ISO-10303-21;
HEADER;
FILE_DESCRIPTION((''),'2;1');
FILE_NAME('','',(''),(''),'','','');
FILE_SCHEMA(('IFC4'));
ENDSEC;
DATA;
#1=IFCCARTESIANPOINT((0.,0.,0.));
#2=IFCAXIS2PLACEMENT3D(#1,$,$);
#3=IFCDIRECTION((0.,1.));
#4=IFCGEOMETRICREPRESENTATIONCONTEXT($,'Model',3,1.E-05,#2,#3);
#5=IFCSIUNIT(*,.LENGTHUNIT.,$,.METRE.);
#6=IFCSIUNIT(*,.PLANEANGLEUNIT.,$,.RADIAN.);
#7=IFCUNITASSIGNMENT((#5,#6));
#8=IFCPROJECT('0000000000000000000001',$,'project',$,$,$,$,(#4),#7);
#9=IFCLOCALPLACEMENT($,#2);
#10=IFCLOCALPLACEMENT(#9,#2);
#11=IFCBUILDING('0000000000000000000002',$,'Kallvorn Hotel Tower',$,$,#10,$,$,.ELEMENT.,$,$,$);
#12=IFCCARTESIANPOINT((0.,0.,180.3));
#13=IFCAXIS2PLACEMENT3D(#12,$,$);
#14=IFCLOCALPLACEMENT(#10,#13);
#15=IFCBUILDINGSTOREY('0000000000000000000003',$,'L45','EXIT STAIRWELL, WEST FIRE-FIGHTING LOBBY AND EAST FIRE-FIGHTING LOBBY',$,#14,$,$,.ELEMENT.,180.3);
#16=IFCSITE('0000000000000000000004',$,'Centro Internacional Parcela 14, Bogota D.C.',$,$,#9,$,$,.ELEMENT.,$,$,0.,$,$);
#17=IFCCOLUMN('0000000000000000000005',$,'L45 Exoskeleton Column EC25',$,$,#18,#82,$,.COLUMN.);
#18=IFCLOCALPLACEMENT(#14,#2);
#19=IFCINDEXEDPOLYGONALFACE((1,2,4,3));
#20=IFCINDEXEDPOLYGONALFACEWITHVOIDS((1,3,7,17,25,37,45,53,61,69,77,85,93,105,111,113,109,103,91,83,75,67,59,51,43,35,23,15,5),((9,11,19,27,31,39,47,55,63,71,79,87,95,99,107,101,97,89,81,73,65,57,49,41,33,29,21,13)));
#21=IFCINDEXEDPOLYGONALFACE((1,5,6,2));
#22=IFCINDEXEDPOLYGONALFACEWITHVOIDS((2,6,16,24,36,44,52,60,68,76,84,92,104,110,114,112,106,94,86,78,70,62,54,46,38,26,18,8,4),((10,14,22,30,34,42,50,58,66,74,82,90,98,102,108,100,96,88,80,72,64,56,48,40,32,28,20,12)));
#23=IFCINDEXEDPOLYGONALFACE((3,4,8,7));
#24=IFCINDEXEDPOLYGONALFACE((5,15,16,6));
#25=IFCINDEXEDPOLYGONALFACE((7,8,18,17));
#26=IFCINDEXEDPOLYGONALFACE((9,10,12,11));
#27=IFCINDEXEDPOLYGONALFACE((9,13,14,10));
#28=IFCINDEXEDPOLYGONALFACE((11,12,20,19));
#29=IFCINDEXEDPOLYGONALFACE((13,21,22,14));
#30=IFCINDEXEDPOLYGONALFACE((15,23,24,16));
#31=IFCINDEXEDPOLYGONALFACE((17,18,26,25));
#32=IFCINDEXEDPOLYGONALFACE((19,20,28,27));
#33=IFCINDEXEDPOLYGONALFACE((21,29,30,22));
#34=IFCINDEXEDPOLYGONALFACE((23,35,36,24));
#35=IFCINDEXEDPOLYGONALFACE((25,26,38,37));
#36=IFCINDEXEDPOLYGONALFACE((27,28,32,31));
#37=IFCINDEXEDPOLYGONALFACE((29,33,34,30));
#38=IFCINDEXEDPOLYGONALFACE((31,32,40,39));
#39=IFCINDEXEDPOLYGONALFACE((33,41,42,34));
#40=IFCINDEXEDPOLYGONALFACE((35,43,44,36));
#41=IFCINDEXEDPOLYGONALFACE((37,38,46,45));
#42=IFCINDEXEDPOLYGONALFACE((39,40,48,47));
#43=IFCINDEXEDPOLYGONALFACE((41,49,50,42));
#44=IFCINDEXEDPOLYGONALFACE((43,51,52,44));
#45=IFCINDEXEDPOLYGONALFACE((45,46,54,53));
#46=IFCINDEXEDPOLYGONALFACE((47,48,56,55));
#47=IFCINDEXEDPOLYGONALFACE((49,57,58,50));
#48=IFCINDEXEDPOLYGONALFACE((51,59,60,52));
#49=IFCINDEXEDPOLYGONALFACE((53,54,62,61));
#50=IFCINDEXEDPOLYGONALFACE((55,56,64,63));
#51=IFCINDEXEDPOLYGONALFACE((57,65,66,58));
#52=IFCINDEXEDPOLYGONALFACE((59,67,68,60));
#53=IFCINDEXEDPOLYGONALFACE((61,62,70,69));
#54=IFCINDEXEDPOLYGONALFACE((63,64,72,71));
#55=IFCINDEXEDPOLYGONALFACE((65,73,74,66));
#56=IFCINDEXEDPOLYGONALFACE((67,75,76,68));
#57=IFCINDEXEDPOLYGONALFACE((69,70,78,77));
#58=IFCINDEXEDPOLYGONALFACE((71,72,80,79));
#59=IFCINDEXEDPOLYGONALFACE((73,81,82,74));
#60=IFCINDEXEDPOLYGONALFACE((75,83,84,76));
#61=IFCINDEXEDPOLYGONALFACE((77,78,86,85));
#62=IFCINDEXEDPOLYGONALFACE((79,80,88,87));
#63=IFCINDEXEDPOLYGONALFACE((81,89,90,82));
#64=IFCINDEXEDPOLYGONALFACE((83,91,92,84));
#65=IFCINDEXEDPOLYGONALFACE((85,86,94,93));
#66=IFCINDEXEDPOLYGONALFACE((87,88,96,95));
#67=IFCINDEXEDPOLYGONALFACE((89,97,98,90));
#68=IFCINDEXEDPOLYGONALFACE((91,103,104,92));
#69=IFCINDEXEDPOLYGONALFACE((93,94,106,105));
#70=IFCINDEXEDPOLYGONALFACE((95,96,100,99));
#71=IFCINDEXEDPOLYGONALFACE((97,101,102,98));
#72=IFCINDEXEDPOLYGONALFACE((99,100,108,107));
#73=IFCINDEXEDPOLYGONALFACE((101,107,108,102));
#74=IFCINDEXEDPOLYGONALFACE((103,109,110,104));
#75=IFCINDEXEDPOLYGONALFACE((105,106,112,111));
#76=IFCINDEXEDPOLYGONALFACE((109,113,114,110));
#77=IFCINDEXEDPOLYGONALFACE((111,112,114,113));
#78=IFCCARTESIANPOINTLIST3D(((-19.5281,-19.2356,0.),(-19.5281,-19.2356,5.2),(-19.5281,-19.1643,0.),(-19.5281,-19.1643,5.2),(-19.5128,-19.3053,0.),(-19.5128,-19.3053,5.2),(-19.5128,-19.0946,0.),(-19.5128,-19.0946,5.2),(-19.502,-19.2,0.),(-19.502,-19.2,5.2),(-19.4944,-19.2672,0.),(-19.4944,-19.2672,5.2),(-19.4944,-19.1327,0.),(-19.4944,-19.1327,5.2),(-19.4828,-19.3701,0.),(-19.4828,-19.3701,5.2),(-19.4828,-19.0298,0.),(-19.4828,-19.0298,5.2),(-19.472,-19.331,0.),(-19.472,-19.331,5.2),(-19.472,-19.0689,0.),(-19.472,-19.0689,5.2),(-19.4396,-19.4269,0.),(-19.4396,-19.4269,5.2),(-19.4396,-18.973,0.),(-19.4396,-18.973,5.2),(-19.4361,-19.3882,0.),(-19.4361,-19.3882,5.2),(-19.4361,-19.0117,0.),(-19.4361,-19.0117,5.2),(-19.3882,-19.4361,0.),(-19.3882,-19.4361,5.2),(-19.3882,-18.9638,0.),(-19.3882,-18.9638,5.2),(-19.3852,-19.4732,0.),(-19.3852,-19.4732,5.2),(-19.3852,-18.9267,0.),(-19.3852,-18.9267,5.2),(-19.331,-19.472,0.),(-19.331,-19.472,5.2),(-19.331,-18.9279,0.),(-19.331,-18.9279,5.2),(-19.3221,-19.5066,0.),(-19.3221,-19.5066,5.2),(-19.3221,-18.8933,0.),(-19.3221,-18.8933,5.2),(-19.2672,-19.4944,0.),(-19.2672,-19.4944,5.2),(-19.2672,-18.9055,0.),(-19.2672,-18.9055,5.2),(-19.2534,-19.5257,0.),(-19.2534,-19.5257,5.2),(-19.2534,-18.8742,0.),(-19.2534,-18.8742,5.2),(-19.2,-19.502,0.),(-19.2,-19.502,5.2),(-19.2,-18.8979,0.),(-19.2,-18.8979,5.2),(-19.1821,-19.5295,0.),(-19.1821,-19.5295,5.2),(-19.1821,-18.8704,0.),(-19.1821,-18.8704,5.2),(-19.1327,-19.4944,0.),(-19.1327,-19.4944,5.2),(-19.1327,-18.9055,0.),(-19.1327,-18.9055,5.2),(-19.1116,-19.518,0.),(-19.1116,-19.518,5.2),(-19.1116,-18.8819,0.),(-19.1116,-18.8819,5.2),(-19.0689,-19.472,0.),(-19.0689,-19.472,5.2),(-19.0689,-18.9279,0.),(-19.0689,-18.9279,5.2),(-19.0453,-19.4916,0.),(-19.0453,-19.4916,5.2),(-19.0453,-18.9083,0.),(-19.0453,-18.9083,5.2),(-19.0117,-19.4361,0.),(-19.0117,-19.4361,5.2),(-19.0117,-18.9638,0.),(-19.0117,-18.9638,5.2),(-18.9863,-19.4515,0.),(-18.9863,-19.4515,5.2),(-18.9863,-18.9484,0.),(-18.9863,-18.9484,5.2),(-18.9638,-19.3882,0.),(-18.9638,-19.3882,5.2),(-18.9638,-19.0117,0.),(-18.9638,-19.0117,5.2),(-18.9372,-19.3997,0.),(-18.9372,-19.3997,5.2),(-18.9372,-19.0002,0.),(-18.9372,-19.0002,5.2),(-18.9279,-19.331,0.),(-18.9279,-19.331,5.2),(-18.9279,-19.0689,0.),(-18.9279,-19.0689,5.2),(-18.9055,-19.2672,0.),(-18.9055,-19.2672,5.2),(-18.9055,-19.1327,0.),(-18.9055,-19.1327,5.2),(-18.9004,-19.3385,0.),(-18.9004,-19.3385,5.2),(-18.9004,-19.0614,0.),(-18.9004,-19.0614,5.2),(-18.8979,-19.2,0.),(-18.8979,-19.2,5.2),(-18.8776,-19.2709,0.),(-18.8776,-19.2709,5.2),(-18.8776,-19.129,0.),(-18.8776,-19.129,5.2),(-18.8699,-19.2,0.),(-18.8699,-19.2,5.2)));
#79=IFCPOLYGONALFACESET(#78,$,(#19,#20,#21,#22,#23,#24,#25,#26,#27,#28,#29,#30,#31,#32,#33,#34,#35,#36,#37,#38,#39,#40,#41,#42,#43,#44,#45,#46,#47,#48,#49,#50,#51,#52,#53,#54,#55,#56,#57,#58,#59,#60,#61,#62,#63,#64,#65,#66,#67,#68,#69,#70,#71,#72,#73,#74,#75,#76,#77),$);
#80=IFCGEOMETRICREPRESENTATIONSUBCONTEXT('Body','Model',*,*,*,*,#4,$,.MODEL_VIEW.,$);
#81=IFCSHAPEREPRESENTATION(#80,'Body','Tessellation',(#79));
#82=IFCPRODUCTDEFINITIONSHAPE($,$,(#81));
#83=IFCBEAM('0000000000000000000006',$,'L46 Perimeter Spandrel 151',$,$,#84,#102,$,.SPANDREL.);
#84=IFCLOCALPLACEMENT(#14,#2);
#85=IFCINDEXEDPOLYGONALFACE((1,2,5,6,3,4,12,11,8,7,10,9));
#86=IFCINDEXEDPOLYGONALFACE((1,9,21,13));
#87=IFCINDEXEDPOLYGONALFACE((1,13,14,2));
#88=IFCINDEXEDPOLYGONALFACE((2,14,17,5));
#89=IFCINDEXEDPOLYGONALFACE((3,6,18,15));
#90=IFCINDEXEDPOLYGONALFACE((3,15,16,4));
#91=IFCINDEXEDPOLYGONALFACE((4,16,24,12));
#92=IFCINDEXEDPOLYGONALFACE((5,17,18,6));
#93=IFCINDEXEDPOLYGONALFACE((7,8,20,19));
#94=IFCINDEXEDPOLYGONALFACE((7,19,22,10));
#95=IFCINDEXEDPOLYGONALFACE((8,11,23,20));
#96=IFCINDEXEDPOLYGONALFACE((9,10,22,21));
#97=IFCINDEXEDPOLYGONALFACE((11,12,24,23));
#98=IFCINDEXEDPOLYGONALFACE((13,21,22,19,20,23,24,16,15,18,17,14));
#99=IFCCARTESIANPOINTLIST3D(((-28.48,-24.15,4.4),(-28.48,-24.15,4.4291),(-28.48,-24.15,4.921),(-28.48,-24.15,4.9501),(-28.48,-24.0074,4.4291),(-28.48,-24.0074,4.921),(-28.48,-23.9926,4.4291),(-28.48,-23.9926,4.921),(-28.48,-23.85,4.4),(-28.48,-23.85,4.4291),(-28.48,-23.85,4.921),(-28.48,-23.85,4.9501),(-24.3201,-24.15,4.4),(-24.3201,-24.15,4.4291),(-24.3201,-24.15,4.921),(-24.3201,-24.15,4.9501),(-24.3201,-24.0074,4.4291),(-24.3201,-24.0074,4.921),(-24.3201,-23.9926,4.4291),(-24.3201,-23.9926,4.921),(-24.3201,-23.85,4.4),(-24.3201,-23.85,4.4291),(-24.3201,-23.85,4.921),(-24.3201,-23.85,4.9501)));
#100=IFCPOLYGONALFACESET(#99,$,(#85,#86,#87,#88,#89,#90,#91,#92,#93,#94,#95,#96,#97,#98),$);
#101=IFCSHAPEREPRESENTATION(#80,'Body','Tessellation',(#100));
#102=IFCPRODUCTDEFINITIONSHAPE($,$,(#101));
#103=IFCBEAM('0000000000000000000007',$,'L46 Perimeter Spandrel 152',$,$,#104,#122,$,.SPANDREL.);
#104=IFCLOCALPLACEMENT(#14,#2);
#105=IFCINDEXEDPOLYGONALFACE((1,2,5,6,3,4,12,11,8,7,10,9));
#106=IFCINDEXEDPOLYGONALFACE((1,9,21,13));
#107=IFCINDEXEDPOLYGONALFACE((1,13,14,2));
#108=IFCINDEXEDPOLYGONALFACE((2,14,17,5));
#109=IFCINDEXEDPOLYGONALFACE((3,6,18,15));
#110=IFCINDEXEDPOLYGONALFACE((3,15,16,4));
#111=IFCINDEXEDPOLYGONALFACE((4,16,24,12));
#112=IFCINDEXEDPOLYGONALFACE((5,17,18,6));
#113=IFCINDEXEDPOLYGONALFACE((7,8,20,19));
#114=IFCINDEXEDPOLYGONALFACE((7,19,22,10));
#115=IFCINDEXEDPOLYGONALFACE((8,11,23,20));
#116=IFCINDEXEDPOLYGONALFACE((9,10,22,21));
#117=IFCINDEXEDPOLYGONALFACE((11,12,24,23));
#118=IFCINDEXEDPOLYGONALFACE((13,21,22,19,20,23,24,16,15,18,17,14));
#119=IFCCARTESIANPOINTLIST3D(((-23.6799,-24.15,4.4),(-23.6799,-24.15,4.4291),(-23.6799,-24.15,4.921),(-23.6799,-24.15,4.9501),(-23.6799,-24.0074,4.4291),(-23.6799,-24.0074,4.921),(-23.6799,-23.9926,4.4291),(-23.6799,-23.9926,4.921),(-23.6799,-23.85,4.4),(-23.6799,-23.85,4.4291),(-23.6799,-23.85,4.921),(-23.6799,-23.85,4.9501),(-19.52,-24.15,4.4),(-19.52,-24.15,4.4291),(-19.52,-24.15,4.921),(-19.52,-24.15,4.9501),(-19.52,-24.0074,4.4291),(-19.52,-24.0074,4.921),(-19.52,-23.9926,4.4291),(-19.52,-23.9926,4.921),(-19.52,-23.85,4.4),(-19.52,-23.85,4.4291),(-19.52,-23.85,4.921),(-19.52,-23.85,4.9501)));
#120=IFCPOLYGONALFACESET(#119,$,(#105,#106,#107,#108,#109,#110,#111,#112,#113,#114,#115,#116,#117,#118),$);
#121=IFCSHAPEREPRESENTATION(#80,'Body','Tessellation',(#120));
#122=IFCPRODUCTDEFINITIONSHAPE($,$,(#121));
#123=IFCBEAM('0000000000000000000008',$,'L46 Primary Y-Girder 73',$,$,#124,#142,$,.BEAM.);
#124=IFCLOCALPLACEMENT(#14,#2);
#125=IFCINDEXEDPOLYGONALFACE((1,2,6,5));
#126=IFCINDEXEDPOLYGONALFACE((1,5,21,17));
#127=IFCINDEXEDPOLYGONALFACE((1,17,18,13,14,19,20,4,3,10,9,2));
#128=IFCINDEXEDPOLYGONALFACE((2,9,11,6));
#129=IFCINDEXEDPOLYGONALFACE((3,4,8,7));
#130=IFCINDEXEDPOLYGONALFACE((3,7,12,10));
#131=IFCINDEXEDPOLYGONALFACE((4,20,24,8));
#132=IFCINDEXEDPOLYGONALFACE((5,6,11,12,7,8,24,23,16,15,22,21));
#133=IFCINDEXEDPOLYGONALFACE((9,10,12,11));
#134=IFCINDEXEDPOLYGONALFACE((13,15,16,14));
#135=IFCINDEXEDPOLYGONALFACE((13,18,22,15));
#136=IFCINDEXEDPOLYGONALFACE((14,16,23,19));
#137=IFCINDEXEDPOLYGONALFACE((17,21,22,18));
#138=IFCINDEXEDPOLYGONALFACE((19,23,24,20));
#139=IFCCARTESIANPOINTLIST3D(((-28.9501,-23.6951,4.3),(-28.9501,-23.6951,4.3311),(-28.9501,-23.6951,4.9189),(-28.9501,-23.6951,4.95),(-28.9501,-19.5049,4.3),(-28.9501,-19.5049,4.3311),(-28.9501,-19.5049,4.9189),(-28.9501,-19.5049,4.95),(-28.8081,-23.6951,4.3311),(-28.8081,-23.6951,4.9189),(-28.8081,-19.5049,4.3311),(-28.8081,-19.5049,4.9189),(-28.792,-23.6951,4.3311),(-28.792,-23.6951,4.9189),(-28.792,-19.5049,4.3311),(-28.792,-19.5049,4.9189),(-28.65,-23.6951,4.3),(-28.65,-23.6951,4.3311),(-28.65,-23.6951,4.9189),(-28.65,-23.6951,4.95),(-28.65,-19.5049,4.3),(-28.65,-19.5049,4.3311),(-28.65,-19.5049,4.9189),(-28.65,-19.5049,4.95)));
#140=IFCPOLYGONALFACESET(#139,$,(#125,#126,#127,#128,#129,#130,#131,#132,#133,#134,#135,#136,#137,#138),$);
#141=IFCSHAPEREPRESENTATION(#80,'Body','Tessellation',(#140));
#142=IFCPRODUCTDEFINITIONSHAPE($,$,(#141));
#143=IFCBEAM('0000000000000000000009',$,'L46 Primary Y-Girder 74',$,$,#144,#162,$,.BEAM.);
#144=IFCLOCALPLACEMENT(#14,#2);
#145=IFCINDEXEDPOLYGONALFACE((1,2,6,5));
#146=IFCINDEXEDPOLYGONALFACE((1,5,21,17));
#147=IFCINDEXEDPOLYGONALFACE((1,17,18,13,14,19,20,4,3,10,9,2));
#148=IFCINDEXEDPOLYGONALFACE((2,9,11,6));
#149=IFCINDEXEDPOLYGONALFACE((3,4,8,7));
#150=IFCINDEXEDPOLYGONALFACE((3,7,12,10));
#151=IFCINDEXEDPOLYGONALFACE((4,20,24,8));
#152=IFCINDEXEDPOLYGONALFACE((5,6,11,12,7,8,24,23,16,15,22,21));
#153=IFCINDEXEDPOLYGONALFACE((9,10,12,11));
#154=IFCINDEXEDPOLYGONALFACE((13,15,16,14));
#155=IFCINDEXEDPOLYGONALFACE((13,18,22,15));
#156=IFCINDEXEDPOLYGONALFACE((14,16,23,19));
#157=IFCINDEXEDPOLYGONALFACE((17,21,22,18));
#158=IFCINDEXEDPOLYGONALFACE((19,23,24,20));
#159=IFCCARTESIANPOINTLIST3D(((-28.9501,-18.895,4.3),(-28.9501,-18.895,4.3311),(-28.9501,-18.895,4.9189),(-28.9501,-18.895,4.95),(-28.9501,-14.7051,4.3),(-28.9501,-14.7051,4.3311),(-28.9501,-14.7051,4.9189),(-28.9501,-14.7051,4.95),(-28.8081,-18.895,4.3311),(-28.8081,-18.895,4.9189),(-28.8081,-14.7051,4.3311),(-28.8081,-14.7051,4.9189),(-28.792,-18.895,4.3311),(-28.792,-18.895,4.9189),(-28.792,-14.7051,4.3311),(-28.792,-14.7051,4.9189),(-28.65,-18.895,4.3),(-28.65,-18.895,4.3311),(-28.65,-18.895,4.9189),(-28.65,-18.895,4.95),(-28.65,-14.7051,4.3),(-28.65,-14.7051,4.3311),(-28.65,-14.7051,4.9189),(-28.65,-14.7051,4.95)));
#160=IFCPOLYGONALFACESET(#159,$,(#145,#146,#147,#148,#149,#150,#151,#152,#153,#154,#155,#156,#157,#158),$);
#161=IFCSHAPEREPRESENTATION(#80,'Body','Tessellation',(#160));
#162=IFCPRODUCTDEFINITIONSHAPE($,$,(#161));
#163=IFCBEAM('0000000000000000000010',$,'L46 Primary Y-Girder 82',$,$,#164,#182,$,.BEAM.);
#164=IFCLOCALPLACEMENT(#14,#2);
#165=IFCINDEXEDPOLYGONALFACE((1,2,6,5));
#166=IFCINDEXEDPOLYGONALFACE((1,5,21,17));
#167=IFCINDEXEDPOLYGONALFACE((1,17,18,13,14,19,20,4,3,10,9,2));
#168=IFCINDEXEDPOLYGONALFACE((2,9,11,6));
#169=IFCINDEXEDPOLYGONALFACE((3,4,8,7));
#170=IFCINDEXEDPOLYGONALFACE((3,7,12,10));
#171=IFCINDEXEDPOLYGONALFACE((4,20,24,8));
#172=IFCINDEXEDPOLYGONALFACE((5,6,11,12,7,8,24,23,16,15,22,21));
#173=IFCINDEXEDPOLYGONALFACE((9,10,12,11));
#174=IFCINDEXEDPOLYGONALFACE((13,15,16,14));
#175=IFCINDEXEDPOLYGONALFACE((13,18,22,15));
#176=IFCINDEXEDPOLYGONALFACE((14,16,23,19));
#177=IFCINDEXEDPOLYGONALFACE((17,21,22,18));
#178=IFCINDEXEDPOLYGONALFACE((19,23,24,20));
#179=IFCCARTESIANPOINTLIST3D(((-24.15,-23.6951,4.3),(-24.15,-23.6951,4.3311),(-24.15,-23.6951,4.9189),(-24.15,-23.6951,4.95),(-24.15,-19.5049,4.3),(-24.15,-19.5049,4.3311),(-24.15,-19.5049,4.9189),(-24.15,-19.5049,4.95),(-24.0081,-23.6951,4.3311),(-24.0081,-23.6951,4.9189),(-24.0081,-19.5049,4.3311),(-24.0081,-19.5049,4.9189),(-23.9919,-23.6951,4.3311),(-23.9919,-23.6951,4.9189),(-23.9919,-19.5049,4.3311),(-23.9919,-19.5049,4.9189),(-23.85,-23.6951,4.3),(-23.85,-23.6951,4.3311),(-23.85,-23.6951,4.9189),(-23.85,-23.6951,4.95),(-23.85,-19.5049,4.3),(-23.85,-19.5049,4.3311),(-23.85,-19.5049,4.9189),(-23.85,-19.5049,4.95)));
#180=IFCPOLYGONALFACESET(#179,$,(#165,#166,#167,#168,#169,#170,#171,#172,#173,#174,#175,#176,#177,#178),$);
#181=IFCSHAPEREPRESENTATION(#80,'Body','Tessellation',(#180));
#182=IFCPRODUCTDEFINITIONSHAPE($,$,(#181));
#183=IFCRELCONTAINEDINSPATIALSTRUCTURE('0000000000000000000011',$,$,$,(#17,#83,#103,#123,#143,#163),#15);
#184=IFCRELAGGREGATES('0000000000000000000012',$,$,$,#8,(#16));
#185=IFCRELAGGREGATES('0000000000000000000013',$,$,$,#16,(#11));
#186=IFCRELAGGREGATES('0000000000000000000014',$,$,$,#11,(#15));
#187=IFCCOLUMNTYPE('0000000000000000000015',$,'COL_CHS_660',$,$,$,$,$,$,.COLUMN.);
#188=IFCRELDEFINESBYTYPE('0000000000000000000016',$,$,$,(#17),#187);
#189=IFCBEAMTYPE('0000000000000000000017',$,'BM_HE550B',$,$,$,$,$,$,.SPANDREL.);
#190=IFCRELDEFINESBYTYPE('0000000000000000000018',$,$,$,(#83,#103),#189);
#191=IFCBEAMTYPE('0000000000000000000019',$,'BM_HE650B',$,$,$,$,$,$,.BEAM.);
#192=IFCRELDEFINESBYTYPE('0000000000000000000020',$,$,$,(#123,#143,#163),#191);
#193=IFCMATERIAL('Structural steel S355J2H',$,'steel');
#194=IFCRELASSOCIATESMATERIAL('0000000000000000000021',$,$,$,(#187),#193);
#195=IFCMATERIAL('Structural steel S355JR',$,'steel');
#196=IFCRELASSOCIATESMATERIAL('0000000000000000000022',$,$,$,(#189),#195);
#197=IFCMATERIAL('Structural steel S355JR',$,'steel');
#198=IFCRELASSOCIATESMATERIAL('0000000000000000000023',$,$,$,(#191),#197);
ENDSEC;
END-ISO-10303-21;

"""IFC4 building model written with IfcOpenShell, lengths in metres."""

from ifc_helpers import new_model, si_unit, direction, frame, origin, origin_2d, place, context, subcontext, project, spatial, hollow_circle, i_section, extrude, material, material_profile, profile_set, type_object, element, save


model = new_model("IFC4")

# Units and contexts
model_context = context("Model", 3, precision=1e-05, world=origin(), true_north=direction((0.0, 1.0)))
body_context = subcontext(model_context, "Body", "Model", "MODEL_VIEW")
ifc_project = project(units=[si_unit("LENGTHUNIT", "METRE"), si_unit("PLANEANGLEUNIT", "RADIAN")], contexts=[model_context])

# Site, building, storey
site_placement = place(None, origin())
site = spatial("IfcSite", under=ifc_project, at=site_placement, Name="Centro Internacional Parcela 14, Bogota D.C.", CompositionType="ELEMENT", RefElevation=0.0)
building_placement = place(site_placement, origin())
building = spatial("IfcBuilding", under=site, at=building_placement, Name="Kallvorn Hotel Tower", CompositionType="ELEMENT")
storey_placement = place(building_placement, frame((0.0, 0.0, 180.3)))
storey = spatial("IfcBuildingStorey", under=building, at=storey_placement, Name="L45", Description="EXIT STAIRWELL, WEST FIRE-FIGHTING LOBBY AND EAST FIRE-FIGHTING LOBBY", CompositionType="ELEMENT", Elevation=180.3)

# Column
ifc_material_1 = material(Name="Structural steel S355J2H", Category="steel")
ifc_material_profile_1 = material_profile(ifc_material_1, hollow_circle(Radius=0.3301, WallThickness=0.0281, at=origin_2d()), Name="CHS 660x28")
ifc_profile_set_1 = profile_set([ifc_material_profile_1], Name="Structural steel S355J2H")
column_type = type_object("IfcColumnType", Name="COL_CHS_660", PredefinedType="COLUMN", material=ifc_profile_set_1)
for number, where, z_axis, x_axis, name in (
    (1, (-19.2, -19.2, 0.0), (0.0, 0.0, 1.0), (1.0, 0.0, 0.0), "L45 Exoskeleton Column EC25"),
):
    element("IfcColumn", number, at=place(storey_placement, frame(where, z_axis=z_axis, x_axis=x_axis)), inside=storey, type_object=column_type, Name=name, PredefinedType="COLUMN", context=body_context, shape_type="SweptSolid", body=[
        extrude(hollow_circle(Radius=0.3301, WallThickness=0.0281, at=origin_2d()), origin(), (0.0, 0.0, 1.0), 5.2),
    ])

# Beams
ifc_material_2 = material(Name="Structural steel S355JR", Category="steel")
ifc_material_profile_2 = material_profile(ifc_material_2, i_section(OverallWidth=0.3, OverallDepth=0.55, WebThickness=0.0149, FlangeThickness=0.0291, at=origin_2d()), Name="HE 550 B")
ifc_profile_set_2 = profile_set([ifc_material_profile_2], Name="Structural steel S355JR")
beam_type_1 = type_object("IfcBeamType", Name="BM_HE550B", PredefinedType="SPANDREL", material=ifc_profile_set_2)
for number, where, z_axis, x_axis, name in (
    (2, (-28.48, -24.0, 4.675), (1.0, 0.0, 0.0), (0.0, 1.0, 0.0), "L46 Perimeter Spandrel 151"),
    (3, (-23.6799, -24.0, 4.675), (1.0, 0.0, 0.0), (0.0, 1.0, 0.0), "L46 Perimeter Spandrel 152"),
):
    element("IfcBeam", number, at=place(storey_placement, frame(where, z_axis=z_axis, x_axis=x_axis)), inside=storey, type_object=beam_type_1, Name=name, PredefinedType="SPANDREL", context=body_context, shape_type="SweptSolid", body=[
        extrude(i_section(OverallWidth=0.3, OverallDepth=0.55, WebThickness=0.0149, FlangeThickness=0.0291, at=origin_2d()), origin(), (0.0, 0.0, 1.0), 4.1599),
    ])
ifc_material_3 = material(Name="Structural steel S355JR", Category="steel")
ifc_material_profile_3 = material_profile(ifc_material_3, i_section(OverallWidth=0.3, OverallDepth=0.6499, WebThickness=0.0161, FlangeThickness=0.031, at=origin_2d()), Name="HE 650 B")
ifc_profile_set_3 = profile_set([ifc_material_profile_3], Name="Structural steel S355JR")
beam_type_2 = type_object("IfcBeamType", Name="BM_HE650B", PredefinedType="BEAM", material=ifc_profile_set_3)
beam_1_placement = place(storey_placement, frame((-28.8, -23.6951, 4.625), z_axis=(0.0, 1.0, 0.0), x_axis=(-1.0, 0.0, 0.0)))
element("IfcBeam", 4, at=beam_1_placement, inside=storey, type_object=beam_type_2, Name="L46 Primary Y-Girder 73", PredefinedType="BEAM", context=body_context, shape_type="SweptSolid", body=[
    extrude(i_section(OverallWidth=0.3, OverallDepth=0.6499, WebThickness=0.0161, FlangeThickness=0.031, at=origin_2d()), origin(), (0.0, 0.0, 1.0), 4.1902),
])
beam_2_placement = place(storey_placement, frame((-28.8, -18.895, 4.625), z_axis=(0.0, 1.0, 0.0), x_axis=(-1.0, 0.0, 0.0)))
element("IfcBeam", 5, at=beam_2_placement, inside=storey, type_object=beam_type_2, Name="L46 Primary Y-Girder 74", PredefinedType="BEAM", context=body_context, shape_type="SweptSolid", body=[
    extrude(i_section(OverallWidth=0.3, OverallDepth=0.6499, WebThickness=0.0161, FlangeThickness=0.031, at=origin_2d()), origin(), (0.0, 0.0, 1.0), 4.1899),
])
for number, where, z_axis, x_axis, name in (
    (6, (-24.0, -23.6951, 4.625), (0.0, 1.0, 0.0), (-1.0, 0.0, 0.0), "L46 Primary Y-Girder 82"),
):
    element("IfcBeam", number, at=place(storey_placement, frame(where, z_axis=z_axis, x_axis=x_axis)), inside=storey, type_object=beam_type_2, Name=name, PredefinedType="BEAM", context=body_context, shape_type="SweptSolid", body=[
        extrude(i_section(OverallWidth=0.3, OverallDepth=0.6499, WebThickness=0.0161, FlangeThickness=0.031, at=origin_2d()), origin(), (0.0, 0.0, 1.0), 4.1902),
    ])

save(model, "model.ifc")
